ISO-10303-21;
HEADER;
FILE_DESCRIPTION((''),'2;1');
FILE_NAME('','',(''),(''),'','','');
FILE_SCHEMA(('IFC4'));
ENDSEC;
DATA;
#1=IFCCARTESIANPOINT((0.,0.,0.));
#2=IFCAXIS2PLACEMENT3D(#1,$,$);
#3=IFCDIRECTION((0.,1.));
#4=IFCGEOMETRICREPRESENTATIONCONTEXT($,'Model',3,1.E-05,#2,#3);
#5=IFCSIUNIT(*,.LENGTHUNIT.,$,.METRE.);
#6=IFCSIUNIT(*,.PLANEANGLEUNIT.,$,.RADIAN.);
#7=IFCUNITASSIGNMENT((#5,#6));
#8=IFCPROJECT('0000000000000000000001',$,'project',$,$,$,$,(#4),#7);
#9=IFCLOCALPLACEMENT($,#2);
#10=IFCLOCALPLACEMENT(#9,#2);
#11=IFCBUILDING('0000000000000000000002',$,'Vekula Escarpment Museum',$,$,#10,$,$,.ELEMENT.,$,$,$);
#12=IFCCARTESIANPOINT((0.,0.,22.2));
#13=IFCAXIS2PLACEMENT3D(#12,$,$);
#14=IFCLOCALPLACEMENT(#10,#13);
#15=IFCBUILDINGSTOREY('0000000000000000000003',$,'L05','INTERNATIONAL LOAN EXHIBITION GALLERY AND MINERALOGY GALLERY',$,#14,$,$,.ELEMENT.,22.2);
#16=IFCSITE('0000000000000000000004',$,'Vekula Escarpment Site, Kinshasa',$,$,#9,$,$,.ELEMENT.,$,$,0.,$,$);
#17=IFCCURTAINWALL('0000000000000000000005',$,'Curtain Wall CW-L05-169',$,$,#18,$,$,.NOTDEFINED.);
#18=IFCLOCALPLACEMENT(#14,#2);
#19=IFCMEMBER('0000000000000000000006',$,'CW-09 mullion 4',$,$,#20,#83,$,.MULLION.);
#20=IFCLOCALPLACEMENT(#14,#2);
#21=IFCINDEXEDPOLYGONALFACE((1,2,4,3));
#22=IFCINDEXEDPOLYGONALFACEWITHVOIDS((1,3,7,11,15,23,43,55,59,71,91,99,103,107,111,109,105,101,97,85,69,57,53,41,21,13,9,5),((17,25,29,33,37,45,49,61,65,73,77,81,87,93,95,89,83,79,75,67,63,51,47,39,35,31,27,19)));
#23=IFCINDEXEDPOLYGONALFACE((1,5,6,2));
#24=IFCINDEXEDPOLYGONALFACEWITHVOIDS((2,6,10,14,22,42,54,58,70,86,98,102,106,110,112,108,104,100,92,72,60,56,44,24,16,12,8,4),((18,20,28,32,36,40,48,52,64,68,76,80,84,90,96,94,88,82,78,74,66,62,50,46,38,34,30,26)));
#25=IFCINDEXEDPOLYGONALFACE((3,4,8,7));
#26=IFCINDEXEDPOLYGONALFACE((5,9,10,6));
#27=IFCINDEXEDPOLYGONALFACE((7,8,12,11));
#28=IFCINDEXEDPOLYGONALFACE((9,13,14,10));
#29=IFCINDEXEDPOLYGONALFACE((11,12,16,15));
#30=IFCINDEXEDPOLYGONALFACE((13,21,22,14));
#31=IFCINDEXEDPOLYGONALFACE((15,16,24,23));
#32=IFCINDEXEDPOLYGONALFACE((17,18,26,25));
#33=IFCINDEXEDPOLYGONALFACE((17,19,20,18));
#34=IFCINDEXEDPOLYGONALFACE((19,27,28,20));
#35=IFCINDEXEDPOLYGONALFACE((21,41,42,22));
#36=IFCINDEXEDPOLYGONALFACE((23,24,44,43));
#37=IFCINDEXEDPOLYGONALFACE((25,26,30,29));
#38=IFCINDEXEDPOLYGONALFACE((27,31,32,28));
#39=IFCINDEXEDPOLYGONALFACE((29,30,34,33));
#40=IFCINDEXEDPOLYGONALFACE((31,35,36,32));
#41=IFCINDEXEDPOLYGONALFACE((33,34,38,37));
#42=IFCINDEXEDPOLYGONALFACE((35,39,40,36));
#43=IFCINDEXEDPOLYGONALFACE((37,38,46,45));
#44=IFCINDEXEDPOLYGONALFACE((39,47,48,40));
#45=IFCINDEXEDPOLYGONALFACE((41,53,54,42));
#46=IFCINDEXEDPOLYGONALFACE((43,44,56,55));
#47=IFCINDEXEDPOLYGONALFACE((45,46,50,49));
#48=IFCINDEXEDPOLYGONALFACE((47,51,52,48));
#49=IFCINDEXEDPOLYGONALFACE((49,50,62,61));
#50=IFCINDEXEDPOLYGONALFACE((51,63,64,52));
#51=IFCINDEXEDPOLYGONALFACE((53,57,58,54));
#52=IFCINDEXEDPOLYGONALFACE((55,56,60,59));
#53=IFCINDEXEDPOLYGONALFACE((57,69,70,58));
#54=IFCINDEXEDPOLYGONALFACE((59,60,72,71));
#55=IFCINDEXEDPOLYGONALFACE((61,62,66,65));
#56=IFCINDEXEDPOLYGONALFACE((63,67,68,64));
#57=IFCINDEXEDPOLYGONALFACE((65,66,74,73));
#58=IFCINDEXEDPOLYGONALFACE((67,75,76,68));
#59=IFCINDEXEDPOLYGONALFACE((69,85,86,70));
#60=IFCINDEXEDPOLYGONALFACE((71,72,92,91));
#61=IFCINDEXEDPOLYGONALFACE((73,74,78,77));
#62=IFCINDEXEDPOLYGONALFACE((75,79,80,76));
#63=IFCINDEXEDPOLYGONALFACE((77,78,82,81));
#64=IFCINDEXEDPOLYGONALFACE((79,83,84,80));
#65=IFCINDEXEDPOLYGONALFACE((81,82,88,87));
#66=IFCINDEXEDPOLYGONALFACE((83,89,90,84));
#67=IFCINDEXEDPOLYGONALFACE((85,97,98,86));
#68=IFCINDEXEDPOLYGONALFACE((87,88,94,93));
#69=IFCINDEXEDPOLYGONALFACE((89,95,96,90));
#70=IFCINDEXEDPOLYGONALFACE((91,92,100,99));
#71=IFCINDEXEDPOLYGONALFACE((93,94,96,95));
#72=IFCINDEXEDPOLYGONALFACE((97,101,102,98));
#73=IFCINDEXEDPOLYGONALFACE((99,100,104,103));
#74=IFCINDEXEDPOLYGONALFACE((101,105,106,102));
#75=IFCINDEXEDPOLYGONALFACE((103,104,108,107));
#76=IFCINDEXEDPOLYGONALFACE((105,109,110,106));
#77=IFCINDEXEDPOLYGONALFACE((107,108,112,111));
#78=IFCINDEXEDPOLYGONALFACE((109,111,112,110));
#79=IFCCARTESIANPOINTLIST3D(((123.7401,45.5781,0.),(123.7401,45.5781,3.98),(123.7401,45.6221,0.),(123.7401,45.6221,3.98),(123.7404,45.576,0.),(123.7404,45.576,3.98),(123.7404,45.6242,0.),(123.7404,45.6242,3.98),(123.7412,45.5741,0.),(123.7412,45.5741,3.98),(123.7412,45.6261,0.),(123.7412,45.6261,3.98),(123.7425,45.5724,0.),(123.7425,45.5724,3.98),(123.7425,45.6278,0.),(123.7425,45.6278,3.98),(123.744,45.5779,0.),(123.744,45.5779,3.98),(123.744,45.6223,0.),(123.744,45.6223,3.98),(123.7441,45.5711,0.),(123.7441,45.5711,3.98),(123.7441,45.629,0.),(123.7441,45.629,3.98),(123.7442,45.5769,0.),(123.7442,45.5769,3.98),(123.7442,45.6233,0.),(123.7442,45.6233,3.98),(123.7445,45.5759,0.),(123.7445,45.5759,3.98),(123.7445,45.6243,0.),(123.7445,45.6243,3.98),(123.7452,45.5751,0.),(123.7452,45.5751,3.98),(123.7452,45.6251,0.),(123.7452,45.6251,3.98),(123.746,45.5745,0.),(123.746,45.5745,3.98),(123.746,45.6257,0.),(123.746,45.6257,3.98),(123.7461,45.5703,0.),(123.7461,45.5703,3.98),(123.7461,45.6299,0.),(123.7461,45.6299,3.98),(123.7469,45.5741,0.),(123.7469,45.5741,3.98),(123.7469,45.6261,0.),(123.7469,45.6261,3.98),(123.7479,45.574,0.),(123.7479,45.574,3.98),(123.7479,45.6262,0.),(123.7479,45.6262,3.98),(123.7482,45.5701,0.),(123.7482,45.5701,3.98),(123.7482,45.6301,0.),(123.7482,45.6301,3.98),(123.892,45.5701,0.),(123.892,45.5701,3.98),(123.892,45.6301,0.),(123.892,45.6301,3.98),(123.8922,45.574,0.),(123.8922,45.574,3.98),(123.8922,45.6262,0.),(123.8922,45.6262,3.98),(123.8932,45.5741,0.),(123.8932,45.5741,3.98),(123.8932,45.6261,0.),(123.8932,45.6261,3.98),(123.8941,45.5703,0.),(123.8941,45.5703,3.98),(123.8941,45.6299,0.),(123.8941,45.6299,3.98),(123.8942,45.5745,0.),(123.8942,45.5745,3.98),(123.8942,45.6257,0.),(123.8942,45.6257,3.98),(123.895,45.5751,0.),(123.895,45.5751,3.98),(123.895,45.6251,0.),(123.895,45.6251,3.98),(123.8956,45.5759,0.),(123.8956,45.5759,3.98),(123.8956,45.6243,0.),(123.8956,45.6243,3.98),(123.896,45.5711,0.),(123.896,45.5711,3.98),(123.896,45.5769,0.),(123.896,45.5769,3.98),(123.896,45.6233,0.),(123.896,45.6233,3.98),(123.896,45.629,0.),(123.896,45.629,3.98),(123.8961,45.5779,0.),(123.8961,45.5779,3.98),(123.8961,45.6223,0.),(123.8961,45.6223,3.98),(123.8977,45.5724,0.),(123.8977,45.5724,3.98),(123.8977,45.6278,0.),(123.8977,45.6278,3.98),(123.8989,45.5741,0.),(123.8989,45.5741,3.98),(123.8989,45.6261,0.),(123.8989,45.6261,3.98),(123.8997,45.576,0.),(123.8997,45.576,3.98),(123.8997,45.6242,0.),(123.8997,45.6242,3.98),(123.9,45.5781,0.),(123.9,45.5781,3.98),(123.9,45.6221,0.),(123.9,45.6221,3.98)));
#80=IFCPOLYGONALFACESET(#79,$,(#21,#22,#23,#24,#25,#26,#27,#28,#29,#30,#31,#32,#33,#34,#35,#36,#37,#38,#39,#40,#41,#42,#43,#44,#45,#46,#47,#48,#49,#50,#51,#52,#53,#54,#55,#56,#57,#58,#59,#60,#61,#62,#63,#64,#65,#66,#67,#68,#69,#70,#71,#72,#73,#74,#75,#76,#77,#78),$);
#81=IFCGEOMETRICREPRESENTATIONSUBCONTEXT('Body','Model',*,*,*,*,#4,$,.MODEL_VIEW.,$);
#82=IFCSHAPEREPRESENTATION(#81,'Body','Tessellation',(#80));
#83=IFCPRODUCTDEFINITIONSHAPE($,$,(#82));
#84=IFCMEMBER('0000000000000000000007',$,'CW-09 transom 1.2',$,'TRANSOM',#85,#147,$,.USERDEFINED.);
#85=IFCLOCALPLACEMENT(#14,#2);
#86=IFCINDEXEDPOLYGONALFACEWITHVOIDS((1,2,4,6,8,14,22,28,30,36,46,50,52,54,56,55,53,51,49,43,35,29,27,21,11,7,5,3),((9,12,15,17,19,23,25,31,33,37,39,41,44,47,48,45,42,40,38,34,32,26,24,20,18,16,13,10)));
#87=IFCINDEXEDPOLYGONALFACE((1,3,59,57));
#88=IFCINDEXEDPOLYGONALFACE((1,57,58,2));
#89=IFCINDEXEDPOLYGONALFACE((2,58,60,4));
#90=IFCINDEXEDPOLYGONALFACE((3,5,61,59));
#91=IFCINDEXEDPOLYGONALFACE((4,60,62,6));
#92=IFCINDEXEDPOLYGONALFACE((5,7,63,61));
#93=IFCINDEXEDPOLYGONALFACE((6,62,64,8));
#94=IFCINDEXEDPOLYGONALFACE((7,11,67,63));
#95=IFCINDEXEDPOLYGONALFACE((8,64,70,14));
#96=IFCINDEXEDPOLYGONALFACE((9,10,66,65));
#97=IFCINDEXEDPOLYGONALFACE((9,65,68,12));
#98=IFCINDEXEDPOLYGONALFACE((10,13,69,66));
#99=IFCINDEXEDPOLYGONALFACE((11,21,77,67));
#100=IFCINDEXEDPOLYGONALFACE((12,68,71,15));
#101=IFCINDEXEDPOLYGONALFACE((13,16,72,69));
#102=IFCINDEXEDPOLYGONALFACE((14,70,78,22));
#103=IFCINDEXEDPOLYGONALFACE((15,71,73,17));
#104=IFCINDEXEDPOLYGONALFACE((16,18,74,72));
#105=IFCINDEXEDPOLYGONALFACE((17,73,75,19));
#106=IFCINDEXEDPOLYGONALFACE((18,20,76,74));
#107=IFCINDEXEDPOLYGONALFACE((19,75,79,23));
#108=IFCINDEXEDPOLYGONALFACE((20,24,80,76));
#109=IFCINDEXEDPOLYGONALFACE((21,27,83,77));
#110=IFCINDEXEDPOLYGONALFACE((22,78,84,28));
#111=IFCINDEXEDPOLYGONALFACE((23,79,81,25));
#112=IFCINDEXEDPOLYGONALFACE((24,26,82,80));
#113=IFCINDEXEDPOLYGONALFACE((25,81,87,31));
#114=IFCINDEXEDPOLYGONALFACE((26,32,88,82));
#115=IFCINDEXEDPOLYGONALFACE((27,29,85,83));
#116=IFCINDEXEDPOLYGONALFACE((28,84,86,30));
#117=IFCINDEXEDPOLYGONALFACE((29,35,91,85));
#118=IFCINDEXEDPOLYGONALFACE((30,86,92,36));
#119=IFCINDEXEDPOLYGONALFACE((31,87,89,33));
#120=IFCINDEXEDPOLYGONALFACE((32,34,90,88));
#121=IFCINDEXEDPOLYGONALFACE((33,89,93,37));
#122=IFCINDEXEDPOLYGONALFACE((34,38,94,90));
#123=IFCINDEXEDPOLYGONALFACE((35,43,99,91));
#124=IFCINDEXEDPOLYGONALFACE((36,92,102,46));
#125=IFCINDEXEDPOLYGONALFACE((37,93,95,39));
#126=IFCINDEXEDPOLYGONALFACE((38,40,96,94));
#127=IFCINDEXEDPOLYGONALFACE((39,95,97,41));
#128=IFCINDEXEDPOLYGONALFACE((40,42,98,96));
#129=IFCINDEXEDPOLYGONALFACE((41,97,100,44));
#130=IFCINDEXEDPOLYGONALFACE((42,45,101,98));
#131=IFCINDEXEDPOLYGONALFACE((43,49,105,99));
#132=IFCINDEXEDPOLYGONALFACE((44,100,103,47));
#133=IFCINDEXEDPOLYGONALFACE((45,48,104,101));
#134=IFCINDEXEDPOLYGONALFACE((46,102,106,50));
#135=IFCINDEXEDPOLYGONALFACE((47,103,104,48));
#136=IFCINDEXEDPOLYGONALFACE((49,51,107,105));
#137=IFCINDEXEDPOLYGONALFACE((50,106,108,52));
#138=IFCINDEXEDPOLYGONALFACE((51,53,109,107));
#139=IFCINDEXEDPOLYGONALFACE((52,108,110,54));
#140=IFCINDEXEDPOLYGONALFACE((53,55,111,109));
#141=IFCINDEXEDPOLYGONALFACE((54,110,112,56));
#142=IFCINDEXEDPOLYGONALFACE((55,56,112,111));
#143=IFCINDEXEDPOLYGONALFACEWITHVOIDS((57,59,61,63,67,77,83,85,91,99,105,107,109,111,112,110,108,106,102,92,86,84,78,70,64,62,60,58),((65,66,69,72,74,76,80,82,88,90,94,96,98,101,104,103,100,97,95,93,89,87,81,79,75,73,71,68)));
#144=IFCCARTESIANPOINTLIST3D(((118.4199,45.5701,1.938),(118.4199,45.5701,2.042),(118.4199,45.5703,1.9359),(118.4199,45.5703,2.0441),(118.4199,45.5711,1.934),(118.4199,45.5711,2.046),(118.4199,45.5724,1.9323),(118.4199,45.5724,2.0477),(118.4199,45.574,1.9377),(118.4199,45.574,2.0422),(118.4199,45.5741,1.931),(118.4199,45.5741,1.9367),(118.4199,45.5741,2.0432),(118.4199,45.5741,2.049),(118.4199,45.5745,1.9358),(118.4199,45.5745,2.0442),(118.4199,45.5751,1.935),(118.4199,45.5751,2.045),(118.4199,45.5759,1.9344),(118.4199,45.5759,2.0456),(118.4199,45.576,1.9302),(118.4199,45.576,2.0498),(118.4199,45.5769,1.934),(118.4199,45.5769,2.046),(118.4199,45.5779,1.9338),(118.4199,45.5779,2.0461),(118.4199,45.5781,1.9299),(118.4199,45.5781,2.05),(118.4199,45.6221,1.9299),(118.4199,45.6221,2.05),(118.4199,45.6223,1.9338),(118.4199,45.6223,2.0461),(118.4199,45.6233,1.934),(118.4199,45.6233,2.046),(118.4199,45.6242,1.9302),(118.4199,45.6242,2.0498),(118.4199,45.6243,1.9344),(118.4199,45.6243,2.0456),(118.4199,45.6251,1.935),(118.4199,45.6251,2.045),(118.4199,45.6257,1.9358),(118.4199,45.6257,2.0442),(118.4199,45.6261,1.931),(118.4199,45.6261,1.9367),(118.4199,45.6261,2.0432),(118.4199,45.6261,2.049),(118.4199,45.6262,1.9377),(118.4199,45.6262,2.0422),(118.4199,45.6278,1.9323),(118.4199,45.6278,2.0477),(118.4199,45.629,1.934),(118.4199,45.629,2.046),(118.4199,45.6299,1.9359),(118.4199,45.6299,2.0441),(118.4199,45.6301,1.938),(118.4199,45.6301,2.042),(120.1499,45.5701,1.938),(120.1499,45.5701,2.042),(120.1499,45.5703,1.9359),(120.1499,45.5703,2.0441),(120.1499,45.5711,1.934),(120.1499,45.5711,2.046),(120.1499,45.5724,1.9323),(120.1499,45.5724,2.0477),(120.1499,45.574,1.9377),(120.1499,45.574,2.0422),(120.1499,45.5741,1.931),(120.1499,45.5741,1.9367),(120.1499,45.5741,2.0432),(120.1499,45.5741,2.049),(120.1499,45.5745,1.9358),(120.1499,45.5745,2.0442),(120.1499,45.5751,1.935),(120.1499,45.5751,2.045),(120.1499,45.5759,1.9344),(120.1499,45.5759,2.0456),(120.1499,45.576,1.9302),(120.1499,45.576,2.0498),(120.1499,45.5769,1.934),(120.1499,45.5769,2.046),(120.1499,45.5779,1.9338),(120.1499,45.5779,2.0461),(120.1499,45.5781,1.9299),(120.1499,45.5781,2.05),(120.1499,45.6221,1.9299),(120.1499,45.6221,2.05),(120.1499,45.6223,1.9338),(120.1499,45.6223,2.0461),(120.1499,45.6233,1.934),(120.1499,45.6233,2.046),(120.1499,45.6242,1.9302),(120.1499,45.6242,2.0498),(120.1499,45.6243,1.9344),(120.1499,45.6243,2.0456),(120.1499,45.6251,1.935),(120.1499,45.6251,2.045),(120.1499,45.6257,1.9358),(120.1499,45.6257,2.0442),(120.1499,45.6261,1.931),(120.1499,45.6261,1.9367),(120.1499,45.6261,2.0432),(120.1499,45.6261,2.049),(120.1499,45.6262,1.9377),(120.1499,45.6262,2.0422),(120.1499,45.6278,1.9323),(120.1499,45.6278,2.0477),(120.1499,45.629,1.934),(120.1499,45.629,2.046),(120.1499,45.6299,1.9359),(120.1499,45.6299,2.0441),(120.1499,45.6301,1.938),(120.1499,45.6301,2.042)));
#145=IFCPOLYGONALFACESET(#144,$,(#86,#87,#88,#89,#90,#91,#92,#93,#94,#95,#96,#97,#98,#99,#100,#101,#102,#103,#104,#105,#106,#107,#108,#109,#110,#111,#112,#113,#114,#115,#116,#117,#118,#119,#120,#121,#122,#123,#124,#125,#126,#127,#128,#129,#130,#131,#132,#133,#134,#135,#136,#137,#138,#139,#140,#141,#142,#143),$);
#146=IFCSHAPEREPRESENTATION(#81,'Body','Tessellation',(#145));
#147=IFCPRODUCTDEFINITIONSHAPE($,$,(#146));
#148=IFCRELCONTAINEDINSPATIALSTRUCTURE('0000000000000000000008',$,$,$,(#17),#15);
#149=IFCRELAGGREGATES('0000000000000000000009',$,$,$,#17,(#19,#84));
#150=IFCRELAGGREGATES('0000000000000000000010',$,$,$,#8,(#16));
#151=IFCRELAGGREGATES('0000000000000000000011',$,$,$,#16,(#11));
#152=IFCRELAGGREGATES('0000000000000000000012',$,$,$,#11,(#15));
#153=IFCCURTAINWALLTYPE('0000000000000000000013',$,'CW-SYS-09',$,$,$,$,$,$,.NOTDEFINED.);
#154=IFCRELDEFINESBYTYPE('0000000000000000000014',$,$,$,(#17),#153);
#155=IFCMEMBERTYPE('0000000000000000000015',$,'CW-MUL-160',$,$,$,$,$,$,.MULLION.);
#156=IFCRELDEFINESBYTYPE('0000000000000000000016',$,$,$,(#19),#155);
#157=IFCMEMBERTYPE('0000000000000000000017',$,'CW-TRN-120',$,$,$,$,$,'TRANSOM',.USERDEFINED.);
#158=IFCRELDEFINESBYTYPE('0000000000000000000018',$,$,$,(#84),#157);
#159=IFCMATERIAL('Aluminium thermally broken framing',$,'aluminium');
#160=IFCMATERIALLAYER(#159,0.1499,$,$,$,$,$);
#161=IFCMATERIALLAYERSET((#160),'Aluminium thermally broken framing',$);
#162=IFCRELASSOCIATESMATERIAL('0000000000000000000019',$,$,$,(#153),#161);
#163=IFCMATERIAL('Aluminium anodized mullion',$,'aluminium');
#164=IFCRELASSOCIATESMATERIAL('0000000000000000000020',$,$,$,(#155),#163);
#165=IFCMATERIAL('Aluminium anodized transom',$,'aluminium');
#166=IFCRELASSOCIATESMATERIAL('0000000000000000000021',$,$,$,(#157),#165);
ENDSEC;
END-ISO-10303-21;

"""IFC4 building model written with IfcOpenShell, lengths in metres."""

from ifc_helpers import new_model, si_unit, direction, frame, origin, origin_2d, place, context, subcontext, project, spatial, hollow_rectangle, extrude, material, layer, layer_set, material_profile, profile_set, type_object, element, aggregate, save


model = new_model("IFC4")

# Units and contexts
model_context = context("Model", 3, precision=1e-05, world=origin(), true_north=direction((0.0, 1.0)))
body_context = subcontext(model_context, "Body", "Model", "MODEL_VIEW")
ifc_project = project(units=[si_unit("LENGTHUNIT", "METRE"), si_unit("PLANEANGLEUNIT", "RADIAN")], contexts=[model_context])

# Site, building, storey
site_placement = place(None, origin())
site = spatial("IfcSite", under=ifc_project, at=site_placement, Name="Vekula Escarpment Site, Kinshasa", CompositionType="ELEMENT", RefElevation=0.0)
building_placement = place(site_placement, origin())
building = spatial("IfcBuilding", under=site, at=building_placement, Name="Vekula Escarpment Museum", CompositionType="ELEMENT")
storey_placement = place(building_placement, frame((0.0, 0.0, 22.2)))
storey = spatial("IfcBuildingStorey", under=building, at=storey_placement, Name="L05", Description="INTERNATIONAL LOAN EXHIBITION GALLERY AND MINERALOGY GALLERY", CompositionType="ELEMENT", Elevation=22.2)

# Curtain wall, members
ifc_material_1 = material(Name="Aluminium thermally broken framing", Category="aluminium")
ifc_layer_1 = layer(ifc_material_1, 0.1499)
ifc_layer_set_1 = layer_set([ifc_layer_1], Name="Aluminium thermally broken framing")
curtain_wall_type = type_object("IfcCurtainWallType", Name="CW-SYS-09", PredefinedType="NOTDEFINED", material=ifc_layer_set_1)
curtain_wall_placement = place(storey_placement, origin())
curtain_wall = element("IfcCurtainWall", 1, at=curtain_wall_placement, inside=storey, type_object=curtain_wall_type, Name="Curtain Wall CW-L05-169", PredefinedType="NOTDEFINED")
ifc_material_2 = material(Name="Aluminium anodized mullion", Category="aluminium")
ifc_material_profile_1 = material_profile(ifc_material_2, hollow_rectangle(XDim=0.0601, YDim=0.1599, WallThickness=0.0039, InnerFilletRadius=0.0039, OuterFilletRadius=0.0081, at=origin_2d()), Name="ALU 160x60x4")
ifc_profile_set_1 = profile_set([ifc_material_profile_1], Name="Aluminium anodized mullion")
member_type_1 = type_object("IfcMemberType", Name="CW-MUL-160", PredefinedType="MULLION", material=ifc_profile_set_1)
member_1_placement = place(storey_placement, frame((123.8201, 45.6001, 0.0), z_axis=(0.0, 0.0, 1.0), x_axis=(0.0, 1.0, 0.0)))
member_1 = element("IfcMember", 2, at=member_1_placement, type_object=member_type_1, Name="CW-09 mullion 4", PredefinedType="MULLION", context=body_context, shape_type="SweptSolid", body=[
    extrude(hollow_rectangle(XDim=0.0601, YDim=0.1599, WallThickness=0.0039, InnerFilletRadius=0.0039, OuterFilletRadius=0.0081, at=origin_2d()), origin(), (0.0, 0.0, 1.0), 3.98),
])
ifc_material_3 = material(Name="Aluminium anodized transom", Category="aluminium")
ifc_material_profile_2 = material_profile(ifc_material_3, hollow_rectangle(XDim=0.0601, YDim=0.1201, WallThickness=0.0039, InnerFilletRadius=0.0039, OuterFilletRadius=0.0081, at=origin_2d()), Name="ALU 120x60x4")
ifc_profile_set_2 = profile_set([ifc_material_profile_2], Name="Aluminium anodized transom")
member_type_2 = type_object("IfcMemberType", Name="CW-TRN-120", ElementType="TRANSOM", PredefinedType="USERDEFINED", material=ifc_profile_set_2)
member_2_placement = place(storey_placement, frame((118.4199, 45.6001, 1.99), z_axis=(1.0, 0.0, 0.0), x_axis=(0.0, 1.0, 0.0)))
member_2 = element("IfcMember", 3, at=member_2_placement, type_object=member_type_2, Name="CW-09 transom 1.2", ObjectType="TRANSOM", PredefinedType="USERDEFINED", context=body_context, shape_type="SweptSolid", body=[
    extrude(hollow_rectangle(XDim=0.0601, YDim=0.1201, WallThickness=0.0039, InnerFilletRadius=0.0039, OuterFilletRadius=0.0081, at=origin_2d()), origin(), (0.0, 0.0, 1.0), 1.73),
])

aggregate(curtain_wall, [member_1, member_2])

save(model, "model.ifc")
